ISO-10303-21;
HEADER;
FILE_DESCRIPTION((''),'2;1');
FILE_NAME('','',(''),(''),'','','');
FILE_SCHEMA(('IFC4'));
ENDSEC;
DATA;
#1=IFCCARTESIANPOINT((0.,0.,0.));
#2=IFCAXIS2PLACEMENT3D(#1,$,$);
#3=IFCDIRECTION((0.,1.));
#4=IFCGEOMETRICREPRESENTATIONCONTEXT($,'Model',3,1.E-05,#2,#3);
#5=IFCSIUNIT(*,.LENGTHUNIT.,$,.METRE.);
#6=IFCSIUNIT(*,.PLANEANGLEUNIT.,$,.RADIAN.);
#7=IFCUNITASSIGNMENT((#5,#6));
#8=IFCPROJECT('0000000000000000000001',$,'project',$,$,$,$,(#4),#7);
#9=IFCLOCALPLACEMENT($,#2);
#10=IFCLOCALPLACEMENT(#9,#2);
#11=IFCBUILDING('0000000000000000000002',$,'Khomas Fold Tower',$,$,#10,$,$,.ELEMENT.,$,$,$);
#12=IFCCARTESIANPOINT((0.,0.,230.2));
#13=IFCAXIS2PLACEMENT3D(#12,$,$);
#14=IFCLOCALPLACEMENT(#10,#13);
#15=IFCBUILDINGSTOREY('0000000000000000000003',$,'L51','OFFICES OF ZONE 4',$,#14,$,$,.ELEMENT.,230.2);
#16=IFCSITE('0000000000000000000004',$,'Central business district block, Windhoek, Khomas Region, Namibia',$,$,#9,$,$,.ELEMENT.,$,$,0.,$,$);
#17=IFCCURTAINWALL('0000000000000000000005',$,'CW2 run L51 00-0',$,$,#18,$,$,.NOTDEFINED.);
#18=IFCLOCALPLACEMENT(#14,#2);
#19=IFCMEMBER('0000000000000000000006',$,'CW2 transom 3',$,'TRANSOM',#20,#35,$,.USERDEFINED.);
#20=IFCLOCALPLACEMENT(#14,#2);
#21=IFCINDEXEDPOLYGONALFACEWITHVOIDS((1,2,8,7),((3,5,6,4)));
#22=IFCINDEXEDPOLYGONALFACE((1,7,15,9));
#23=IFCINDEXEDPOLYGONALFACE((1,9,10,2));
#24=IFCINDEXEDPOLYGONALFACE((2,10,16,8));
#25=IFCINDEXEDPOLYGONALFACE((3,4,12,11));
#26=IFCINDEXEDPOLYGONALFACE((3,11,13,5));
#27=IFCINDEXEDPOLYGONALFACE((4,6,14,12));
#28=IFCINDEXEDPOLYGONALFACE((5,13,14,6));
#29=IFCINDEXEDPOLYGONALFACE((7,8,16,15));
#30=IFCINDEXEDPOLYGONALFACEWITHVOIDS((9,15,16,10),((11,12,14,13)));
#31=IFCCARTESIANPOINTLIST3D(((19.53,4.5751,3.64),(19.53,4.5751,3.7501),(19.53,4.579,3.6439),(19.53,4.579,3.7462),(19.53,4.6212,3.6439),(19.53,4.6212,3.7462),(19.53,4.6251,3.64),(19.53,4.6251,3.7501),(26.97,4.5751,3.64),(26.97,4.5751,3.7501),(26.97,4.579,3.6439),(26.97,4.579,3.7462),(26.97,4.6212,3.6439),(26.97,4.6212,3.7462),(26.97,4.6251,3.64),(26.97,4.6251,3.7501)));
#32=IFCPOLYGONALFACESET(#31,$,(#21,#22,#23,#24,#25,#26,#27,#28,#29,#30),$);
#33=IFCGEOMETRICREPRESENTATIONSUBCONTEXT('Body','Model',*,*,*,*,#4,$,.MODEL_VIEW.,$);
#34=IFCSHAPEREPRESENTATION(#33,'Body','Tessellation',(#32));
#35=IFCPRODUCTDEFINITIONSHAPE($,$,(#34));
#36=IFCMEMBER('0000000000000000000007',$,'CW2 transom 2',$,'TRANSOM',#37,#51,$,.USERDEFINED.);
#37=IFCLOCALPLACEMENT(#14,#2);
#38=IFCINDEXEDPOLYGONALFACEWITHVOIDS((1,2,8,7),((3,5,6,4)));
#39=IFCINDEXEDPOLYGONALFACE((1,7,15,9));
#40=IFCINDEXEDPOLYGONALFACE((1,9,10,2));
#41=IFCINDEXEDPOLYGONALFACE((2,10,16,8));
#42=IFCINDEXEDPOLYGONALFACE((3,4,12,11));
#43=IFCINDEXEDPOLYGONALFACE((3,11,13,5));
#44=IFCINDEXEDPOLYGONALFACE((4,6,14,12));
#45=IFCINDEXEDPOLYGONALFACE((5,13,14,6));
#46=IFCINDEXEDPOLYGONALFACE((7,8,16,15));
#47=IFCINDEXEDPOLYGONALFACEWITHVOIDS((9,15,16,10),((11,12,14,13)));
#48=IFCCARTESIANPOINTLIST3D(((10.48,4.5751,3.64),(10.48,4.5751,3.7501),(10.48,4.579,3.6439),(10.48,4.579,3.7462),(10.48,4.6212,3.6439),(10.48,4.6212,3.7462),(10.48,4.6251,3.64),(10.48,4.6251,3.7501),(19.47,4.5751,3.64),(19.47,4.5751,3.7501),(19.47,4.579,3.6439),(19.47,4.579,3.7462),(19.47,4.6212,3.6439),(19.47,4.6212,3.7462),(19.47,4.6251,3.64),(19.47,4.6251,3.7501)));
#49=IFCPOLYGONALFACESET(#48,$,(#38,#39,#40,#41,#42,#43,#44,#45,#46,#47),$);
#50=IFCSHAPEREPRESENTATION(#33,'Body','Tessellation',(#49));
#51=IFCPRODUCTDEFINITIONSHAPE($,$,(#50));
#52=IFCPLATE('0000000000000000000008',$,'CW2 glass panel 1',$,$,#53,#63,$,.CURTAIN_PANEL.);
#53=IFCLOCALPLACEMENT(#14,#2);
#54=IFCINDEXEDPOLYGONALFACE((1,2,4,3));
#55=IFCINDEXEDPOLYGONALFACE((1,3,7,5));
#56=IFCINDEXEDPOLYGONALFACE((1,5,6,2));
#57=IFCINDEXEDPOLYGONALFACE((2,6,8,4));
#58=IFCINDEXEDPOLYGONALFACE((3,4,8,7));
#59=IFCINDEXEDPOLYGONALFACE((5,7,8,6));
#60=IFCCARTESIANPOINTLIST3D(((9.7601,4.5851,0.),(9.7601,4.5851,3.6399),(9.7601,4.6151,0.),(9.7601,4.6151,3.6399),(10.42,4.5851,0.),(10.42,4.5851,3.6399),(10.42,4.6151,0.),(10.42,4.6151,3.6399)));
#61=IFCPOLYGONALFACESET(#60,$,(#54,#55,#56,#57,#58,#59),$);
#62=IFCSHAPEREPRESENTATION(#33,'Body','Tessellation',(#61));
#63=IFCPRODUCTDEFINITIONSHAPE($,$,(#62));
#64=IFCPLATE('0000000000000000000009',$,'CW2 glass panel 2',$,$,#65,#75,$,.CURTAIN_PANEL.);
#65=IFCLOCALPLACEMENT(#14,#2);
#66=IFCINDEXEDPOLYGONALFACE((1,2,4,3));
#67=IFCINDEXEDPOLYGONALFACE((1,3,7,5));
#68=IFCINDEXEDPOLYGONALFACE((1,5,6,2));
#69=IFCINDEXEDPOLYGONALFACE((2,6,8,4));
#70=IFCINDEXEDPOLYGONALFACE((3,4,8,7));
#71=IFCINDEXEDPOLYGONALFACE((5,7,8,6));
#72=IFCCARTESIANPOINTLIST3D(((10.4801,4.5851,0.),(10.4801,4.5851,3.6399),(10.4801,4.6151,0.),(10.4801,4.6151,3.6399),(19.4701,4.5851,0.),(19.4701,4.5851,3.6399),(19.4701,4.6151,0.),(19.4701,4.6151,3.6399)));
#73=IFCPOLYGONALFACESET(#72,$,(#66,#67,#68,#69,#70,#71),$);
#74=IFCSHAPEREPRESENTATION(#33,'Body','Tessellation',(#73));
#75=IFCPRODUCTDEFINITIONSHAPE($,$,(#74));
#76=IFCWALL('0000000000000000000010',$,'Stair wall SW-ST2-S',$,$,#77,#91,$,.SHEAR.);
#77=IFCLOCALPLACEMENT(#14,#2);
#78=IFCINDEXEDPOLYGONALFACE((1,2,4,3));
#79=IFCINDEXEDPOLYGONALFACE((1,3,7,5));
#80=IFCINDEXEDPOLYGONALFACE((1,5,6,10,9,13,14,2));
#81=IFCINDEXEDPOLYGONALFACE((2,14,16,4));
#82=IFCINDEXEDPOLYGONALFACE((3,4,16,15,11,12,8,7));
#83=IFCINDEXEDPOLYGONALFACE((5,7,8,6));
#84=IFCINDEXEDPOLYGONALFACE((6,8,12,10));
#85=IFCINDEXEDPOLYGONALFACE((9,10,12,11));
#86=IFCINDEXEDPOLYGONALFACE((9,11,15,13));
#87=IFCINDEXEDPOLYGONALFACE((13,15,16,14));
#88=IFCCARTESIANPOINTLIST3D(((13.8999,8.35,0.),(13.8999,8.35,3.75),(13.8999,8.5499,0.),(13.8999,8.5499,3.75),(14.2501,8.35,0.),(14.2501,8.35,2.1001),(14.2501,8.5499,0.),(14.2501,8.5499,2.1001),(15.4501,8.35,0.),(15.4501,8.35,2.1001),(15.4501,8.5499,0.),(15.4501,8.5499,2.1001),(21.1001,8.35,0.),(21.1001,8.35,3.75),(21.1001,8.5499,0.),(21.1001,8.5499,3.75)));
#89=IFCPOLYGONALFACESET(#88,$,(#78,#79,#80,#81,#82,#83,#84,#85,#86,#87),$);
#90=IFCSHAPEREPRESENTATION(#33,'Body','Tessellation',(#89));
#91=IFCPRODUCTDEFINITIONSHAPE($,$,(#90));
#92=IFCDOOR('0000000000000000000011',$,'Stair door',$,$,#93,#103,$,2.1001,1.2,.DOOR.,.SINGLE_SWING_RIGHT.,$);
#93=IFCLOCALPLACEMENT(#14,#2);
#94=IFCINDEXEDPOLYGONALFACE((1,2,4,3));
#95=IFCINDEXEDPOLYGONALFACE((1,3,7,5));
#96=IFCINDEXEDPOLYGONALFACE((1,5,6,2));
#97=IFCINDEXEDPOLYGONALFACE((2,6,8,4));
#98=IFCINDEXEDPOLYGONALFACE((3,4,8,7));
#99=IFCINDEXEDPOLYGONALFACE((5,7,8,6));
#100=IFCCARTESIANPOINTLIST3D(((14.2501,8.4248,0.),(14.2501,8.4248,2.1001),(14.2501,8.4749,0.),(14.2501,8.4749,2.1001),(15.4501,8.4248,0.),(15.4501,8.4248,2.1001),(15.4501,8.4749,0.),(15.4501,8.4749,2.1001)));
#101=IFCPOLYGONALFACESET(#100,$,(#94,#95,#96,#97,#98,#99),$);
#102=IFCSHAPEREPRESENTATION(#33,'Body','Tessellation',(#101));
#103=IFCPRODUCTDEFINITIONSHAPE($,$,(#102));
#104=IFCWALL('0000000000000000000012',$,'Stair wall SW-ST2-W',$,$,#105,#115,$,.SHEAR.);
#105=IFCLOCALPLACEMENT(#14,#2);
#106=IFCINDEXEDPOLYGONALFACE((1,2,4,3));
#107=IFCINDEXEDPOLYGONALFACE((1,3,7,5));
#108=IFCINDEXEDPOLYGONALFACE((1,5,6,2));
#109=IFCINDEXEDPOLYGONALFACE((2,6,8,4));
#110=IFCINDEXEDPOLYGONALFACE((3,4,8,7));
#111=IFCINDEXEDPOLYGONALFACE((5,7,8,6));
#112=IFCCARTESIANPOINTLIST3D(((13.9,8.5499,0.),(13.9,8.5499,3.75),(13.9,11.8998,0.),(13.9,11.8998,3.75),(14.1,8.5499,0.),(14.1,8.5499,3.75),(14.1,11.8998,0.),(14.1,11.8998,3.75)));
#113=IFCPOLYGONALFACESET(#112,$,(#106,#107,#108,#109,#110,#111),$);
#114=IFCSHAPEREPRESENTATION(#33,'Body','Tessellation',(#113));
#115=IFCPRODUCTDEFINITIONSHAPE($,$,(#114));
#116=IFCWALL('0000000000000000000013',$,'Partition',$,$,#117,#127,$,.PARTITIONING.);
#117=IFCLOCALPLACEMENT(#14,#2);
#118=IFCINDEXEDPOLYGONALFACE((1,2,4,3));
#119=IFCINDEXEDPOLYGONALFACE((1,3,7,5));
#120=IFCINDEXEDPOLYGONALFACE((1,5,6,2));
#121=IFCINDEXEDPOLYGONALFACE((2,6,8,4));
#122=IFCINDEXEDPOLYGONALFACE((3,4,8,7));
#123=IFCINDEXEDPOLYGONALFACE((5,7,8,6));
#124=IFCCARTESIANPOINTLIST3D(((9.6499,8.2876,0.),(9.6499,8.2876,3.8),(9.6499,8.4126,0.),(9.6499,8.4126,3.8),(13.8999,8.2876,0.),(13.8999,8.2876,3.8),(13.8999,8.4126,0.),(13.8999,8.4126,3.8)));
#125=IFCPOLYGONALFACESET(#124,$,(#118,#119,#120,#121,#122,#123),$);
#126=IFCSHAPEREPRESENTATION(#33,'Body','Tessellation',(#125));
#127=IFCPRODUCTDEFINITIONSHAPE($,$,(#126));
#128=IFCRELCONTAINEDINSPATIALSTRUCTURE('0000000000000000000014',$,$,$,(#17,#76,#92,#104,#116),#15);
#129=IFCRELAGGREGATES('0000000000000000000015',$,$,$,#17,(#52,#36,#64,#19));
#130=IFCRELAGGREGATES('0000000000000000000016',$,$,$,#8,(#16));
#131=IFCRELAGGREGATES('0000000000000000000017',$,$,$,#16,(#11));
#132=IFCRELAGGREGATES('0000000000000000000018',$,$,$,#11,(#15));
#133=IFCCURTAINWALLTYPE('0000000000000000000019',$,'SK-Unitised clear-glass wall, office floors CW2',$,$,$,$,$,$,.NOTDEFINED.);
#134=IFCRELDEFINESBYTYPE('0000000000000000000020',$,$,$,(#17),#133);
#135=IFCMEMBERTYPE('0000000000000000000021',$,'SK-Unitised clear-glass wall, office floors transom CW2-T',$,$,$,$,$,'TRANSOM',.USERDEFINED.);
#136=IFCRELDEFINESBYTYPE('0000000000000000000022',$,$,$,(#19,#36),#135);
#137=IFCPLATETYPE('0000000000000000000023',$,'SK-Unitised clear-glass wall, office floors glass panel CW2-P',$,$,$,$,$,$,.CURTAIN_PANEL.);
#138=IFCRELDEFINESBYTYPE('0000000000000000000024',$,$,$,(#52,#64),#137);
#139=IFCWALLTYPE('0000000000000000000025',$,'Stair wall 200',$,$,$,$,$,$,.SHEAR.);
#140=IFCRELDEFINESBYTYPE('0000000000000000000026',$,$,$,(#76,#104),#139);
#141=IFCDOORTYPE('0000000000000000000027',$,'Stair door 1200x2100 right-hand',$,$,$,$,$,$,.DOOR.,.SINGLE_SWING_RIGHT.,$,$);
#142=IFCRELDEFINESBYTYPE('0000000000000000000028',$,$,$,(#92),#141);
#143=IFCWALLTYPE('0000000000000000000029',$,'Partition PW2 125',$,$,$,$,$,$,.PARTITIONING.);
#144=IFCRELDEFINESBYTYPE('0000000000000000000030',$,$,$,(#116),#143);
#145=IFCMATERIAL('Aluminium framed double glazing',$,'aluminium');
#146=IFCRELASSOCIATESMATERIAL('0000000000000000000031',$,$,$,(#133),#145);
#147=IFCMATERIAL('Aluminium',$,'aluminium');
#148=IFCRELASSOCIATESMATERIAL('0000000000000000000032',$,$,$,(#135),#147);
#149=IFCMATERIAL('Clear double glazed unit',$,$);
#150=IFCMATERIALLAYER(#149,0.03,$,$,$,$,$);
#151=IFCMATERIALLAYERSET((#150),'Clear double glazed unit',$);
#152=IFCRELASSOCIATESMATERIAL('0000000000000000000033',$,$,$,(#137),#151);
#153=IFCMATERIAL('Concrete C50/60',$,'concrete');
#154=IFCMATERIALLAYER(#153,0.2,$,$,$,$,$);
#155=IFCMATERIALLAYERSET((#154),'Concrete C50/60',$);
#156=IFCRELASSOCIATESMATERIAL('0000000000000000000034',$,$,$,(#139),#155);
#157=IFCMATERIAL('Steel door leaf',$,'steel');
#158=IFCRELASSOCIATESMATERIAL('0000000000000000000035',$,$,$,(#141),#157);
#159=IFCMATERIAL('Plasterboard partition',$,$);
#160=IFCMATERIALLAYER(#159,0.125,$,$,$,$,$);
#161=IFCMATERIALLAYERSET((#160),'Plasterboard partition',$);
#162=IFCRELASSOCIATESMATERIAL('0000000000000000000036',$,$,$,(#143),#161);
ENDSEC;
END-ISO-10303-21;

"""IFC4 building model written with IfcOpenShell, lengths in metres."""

from ifc_helpers import new_model, si_unit, direction, frame, frame_2d, origin, origin_2d, place, context, subcontext, project, spatial, rectangle, hollow_rectangle, extrude, source, transform, mapped, material, layer, layer_set, material_profile, profile_set, type_object, element, fill, aggregate, save


model = new_model("IFC4")

# Units and contexts
model_context = context("Model", 3, precision=1e-05, world=origin(), true_north=direction((0.0, 1.0)))
body_context = subcontext(model_context, "Body", "Model", "MODEL_VIEW")
ifc_project = project(units=[si_unit("LENGTHUNIT", "METRE"), si_unit("PLANEANGLEUNIT", "RADIAN")], contexts=[model_context])

# Site, building, storey
site_placement = place(None, origin())
site = spatial("IfcSite", under=ifc_project, at=site_placement, Name="Central business district block, Windhoek, Khomas Region, Namibia", CompositionType="ELEMENT", RefElevation=0.0)
building_placement = place(site_placement, origin())
building = spatial("IfcBuilding", under=site, at=building_placement, Name="Khomas Fold Tower", CompositionType="ELEMENT")
storey_placement = place(building_placement, frame((0.0, 0.0, 230.2)))
storey = spatial("IfcBuildingStorey", under=building, at=storey_placement, Name="L51", Description="OFFICES OF ZONE 4", CompositionType="ELEMENT", Elevation=230.2)

# Curtain wall, members, plates
ifc_material_1 = material(Name="Aluminium framed double glazing", Category="aluminium")
curtain_wall_type = type_object("IfcCurtainWallType", Name="SK-Unitised clear-glass wall, office floors CW2", PredefinedType="NOTDEFINED", material=ifc_material_1)
curtain_wall_placement = place(storey_placement, origin())
curtain_wall = element("IfcCurtainWall", 1, at=curtain_wall_placement, inside=storey, type_object=curtain_wall_type, Name="CW2 run L51 00-0", PredefinedType="NOTDEFINED")
ifc_material_2 = material(Name="Aluminium", Category="aluminium")
ifc_material_profile_1 = material_profile(ifc_material_2, hollow_rectangle(XDim=0.05, YDim=0.1101, WallThickness=0.0039, at=origin_2d()), Name="SK-Unitised clear-glass wall, office floors transom CW2-T")
ifc_profile_set_1 = profile_set([ifc_material_profile_1], Name="Aluminium")
member_type_1 = type_object("IfcMemberType", Name="SK-Unitised clear-glass wall, office floors transom CW2-T", ElementType="TRANSOM", PredefinedType="USERDEFINED", material=ifc_profile_set_1)
shared_shape_1 = source(origin(), body_context, "Body", "SweptSolid", [
    extrude(hollow_rectangle(XDim=0.05, YDim=0.1101, WallThickness=0.0039, at=origin_2d()), origin(), (0.0, 0.0, 1.0), 7.4399),
])
member_1_placement = place(storey_placement, frame((19.53, 4.6001, 3.6951), z_axis=(1.0, 0.0, 0.0), x_axis=(0.0, 1.0, 0.0)))
member_1 = element("IfcMember", 2, at=member_1_placement, type_object=member_type_1, Name="CW2 transom 3", ObjectType="TRANSOM", PredefinedType="USERDEFINED", context=body_context, shape_type="MappedRepresentation", body=[
    mapped(shared_shape_1, transform((0.0, 0.0, 0.0))),
])
shared_shape_2 = source(origin(), body_context, "Body", "SweptSolid", [
    extrude(hollow_rectangle(XDim=0.05, YDim=0.1101, WallThickness=0.0039, at=origin_2d()), origin(), (0.0, 0.0, 1.0), 8.99),
])
member_2_placement = place(storey_placement, frame((10.48, 4.6001, 3.6951), z_axis=(1.0, 0.0, 0.0), x_axis=(0.0, 1.0, 0.0)))
member_2 = element("IfcMember", 3, at=member_2_placement, type_object=member_type_1, Name="CW2 transom 2", ObjectType="TRANSOM", PredefinedType="USERDEFINED", context=body_context, shape_type="MappedRepresentation", body=[
    mapped(shared_shape_2, transform((0.0, 0.0, 0.0))),
])
ifc_material_3 = material(Name="Clear double glazed unit")
ifc_layer_1 = layer(ifc_material_3, 0.03)
ifc_layer_set_1 = layer_set([ifc_layer_1], Name="Clear double glazed unit")
plate_type = type_object("IfcPlateType", Name="SK-Unitised clear-glass wall, office floors glass panel CW2-P", PredefinedType="CURTAIN_PANEL", material=ifc_layer_set_1)
shared_shape_3 = source(origin(), body_context, "Body", "SweptSolid", [
    extrude(rectangle(XDim=0.6599, YDim=0.03, at=origin_2d()), origin(), (0.0, 0.0, 1.0), 3.6399),
])
plate_1_placement = place(storey_placement, frame((10.0901, 4.6001, 0.0), z_axis=(0.0, 0.0, 1.0), x_axis=(1.0, 0.0, 0.0)))
plate_1 = element("IfcPlate", 4, at=plate_1_placement, type_object=plate_type, Name="CW2 glass panel 1", PredefinedType="CURTAIN_PANEL", context=body_context, shape_type="MappedRepresentation", body=[
    mapped(shared_shape_3, transform((0.0, 0.0, 0.0))),
])
shared_shape_4 = source(origin(), body_context, "Body", "SweptSolid", [
    extrude(rectangle(XDim=8.99, YDim=0.03, at=origin_2d()), origin(), (0.0, 0.0, 1.0), 3.6399),
])
plate_2_placement = place(storey_placement, frame((14.9751, 4.6001, 0.0), z_axis=(0.0, 0.0, 1.0), x_axis=(1.0, 0.0, 0.0)))
plate_2 = element("IfcPlate", 5, at=plate_2_placement, type_object=plate_type, Name="CW2 glass panel 2", PredefinedType="CURTAIN_PANEL", context=body_context, shape_type="MappedRepresentation", body=[
    mapped(shared_shape_4, transform((0.0, 0.0, 0.0))),
])
aggregate(curtain_wall, [plate_1, member_2, plate_2, member_1])

# Wall, opening, door
ifc_material_4 = material(Name="Concrete C50/60", Category="concrete")
ifc_layer_2 = layer(ifc_material_4, 0.2)
ifc_layer_set_2 = layer_set([ifc_layer_2], Name="Concrete C50/60")
wall_type_1 = type_object("IfcWallType", Name="Stair wall 200", PredefinedType="SHEAR", material=ifc_layer_set_2)
shared_shape_5 = source(origin(), body_context, "Body", "SweptSolid", [
    extrude(rectangle(XDim=7.2002, YDim=0.2, at=frame_2d((3.6001, 0.0))), origin(), (0.0, 0.0, 1.0), 3.75),
])
wall_1_placement = place(storey_placement, frame((13.8999, 8.45, 0.0), z_axis=(0.0, 0.0, 1.0), x_axis=(1.0, 0.0, 0.0)))
wall_1 = element("IfcWall", 6, at=wall_1_placement, inside=storey, type_object=wall_type_1, Name="Stair wall SW-ST2-S", PredefinedType="SHEAR", context=body_context, shape_type="MappedRepresentation", body=[
    mapped(shared_shape_5, transform((0.0, 0.0, 0.0))),
])
shared_shape_6 = source(origin(), body_context, "Body", "SweptSolid", [
    extrude(rectangle(XDim=1.2, YDim=2.1001, at=frame_2d((0.6001, 1.05))), frame((0.0, 0.1099, 0.0), z_axis=(0.0, -1.0, 0.0), x_axis=(1.0, 0.0, 0.0)), (0.0, 0.0, 1.0), 0.22),
])
opening_placement = place(wall_1_placement, frame((0.3501, 0.0, 0.0)))
opening = element("IfcOpeningElement", 7, at=opening_placement, cuts=wall_1, PredefinedType="OPENING", context=body_context, shape_type="MappedRepresentation", body=[
    mapped(shared_shape_6, transform((0.0, 0.0, 0.0))),
])
ifc_material_5 = material(Name="Steel door leaf", Category="steel")
door_type = type_object("IfcDoorType", Name="Stair door 1200x2100 right-hand", OperationType="SINGLE_SWING_RIGHT", PredefinedType="DOOR", material=ifc_material_5)
shared_shape_7 = source(origin(), body_context, "Body", "SweptSolid", [
    extrude(rectangle(XDim=1.2, YDim=2.1001, at=frame_2d((0.6001, 1.05))), frame((0.0, 0.0249, 0.0), z_axis=(0.0, -1.0, 0.0), x_axis=(1.0, 0.0, 0.0)), (0.0, 0.0, 1.0), 0.05),
])
door_placement = place(opening_placement, origin())
door = element("IfcDoor", 8, at=door_placement, inside=storey, type_object=door_type, Name="Stair door", OperationType="SINGLE_SWING_RIGHT", OverallHeight=2.1001, OverallWidth=1.2, PredefinedType="DOOR", context=body_context, shape_type="MappedRepresentation", body=[
    mapped(shared_shape_7, transform((0.0, 0.0, 0.0))),
])
fill(opening, door)

# Walls
shared_shape_8 = source(origin(), body_context, "Body", "SweptSolid", [
    extrude(rectangle(XDim=3.3499, YDim=0.2, at=frame_2d((1.6748, 0.0))), origin(), (0.0, 0.0, 1.0), 3.75),
])
wall_2_placement = place(storey_placement, frame((14.0, 8.55, 0.0), z_axis=(0.0, 0.0, 1.0), x_axis=(0.0, 1.0, 0.0)))
element("IfcWall", 9, at=wall_2_placement, inside=storey, type_object=wall_type_1, Name="Stair wall SW-ST2-W", PredefinedType="SHEAR", context=body_context, shape_type="MappedRepresentation", body=[
    mapped(shared_shape_8, transform((0.0, 0.0, 0.0))),
])
ifc_material_6 = material(Name="Plasterboard partition")
ifc_layer_3 = layer(ifc_material_6, 0.125)
ifc_layer_set_3 = layer_set([ifc_layer_3], Name="Plasterboard partition")
wall_type_2 = type_object("IfcWallType", Name="Partition PW2 125", PredefinedType="PARTITIONING", material=ifc_layer_set_3)
shared_shape_9 = source(origin(), body_context, "Body", "SweptSolid", [
    extrude(rectangle(XDim=4.25, YDim=0.125, at=frame_2d((2.125, 0.0))), origin(), (0.0, 0.0, 1.0), 3.8),
])
wall_3_placement = place(storey_placement, frame((9.6499, 8.3501, 0.0), z_axis=(0.0, 0.0, 1.0), x_axis=(1.0, 0.0, 0.0)))
element("IfcWall", 10, at=wall_3_placement, inside=storey, type_object=wall_type_2, Name="Partition", PredefinedType="PARTITIONING", context=body_context, shape_type="MappedRepresentation", body=[
    mapped(shared_shape_9, transform((0.0, 0.0, 0.0))),
])

save(model, "model.ifc")
